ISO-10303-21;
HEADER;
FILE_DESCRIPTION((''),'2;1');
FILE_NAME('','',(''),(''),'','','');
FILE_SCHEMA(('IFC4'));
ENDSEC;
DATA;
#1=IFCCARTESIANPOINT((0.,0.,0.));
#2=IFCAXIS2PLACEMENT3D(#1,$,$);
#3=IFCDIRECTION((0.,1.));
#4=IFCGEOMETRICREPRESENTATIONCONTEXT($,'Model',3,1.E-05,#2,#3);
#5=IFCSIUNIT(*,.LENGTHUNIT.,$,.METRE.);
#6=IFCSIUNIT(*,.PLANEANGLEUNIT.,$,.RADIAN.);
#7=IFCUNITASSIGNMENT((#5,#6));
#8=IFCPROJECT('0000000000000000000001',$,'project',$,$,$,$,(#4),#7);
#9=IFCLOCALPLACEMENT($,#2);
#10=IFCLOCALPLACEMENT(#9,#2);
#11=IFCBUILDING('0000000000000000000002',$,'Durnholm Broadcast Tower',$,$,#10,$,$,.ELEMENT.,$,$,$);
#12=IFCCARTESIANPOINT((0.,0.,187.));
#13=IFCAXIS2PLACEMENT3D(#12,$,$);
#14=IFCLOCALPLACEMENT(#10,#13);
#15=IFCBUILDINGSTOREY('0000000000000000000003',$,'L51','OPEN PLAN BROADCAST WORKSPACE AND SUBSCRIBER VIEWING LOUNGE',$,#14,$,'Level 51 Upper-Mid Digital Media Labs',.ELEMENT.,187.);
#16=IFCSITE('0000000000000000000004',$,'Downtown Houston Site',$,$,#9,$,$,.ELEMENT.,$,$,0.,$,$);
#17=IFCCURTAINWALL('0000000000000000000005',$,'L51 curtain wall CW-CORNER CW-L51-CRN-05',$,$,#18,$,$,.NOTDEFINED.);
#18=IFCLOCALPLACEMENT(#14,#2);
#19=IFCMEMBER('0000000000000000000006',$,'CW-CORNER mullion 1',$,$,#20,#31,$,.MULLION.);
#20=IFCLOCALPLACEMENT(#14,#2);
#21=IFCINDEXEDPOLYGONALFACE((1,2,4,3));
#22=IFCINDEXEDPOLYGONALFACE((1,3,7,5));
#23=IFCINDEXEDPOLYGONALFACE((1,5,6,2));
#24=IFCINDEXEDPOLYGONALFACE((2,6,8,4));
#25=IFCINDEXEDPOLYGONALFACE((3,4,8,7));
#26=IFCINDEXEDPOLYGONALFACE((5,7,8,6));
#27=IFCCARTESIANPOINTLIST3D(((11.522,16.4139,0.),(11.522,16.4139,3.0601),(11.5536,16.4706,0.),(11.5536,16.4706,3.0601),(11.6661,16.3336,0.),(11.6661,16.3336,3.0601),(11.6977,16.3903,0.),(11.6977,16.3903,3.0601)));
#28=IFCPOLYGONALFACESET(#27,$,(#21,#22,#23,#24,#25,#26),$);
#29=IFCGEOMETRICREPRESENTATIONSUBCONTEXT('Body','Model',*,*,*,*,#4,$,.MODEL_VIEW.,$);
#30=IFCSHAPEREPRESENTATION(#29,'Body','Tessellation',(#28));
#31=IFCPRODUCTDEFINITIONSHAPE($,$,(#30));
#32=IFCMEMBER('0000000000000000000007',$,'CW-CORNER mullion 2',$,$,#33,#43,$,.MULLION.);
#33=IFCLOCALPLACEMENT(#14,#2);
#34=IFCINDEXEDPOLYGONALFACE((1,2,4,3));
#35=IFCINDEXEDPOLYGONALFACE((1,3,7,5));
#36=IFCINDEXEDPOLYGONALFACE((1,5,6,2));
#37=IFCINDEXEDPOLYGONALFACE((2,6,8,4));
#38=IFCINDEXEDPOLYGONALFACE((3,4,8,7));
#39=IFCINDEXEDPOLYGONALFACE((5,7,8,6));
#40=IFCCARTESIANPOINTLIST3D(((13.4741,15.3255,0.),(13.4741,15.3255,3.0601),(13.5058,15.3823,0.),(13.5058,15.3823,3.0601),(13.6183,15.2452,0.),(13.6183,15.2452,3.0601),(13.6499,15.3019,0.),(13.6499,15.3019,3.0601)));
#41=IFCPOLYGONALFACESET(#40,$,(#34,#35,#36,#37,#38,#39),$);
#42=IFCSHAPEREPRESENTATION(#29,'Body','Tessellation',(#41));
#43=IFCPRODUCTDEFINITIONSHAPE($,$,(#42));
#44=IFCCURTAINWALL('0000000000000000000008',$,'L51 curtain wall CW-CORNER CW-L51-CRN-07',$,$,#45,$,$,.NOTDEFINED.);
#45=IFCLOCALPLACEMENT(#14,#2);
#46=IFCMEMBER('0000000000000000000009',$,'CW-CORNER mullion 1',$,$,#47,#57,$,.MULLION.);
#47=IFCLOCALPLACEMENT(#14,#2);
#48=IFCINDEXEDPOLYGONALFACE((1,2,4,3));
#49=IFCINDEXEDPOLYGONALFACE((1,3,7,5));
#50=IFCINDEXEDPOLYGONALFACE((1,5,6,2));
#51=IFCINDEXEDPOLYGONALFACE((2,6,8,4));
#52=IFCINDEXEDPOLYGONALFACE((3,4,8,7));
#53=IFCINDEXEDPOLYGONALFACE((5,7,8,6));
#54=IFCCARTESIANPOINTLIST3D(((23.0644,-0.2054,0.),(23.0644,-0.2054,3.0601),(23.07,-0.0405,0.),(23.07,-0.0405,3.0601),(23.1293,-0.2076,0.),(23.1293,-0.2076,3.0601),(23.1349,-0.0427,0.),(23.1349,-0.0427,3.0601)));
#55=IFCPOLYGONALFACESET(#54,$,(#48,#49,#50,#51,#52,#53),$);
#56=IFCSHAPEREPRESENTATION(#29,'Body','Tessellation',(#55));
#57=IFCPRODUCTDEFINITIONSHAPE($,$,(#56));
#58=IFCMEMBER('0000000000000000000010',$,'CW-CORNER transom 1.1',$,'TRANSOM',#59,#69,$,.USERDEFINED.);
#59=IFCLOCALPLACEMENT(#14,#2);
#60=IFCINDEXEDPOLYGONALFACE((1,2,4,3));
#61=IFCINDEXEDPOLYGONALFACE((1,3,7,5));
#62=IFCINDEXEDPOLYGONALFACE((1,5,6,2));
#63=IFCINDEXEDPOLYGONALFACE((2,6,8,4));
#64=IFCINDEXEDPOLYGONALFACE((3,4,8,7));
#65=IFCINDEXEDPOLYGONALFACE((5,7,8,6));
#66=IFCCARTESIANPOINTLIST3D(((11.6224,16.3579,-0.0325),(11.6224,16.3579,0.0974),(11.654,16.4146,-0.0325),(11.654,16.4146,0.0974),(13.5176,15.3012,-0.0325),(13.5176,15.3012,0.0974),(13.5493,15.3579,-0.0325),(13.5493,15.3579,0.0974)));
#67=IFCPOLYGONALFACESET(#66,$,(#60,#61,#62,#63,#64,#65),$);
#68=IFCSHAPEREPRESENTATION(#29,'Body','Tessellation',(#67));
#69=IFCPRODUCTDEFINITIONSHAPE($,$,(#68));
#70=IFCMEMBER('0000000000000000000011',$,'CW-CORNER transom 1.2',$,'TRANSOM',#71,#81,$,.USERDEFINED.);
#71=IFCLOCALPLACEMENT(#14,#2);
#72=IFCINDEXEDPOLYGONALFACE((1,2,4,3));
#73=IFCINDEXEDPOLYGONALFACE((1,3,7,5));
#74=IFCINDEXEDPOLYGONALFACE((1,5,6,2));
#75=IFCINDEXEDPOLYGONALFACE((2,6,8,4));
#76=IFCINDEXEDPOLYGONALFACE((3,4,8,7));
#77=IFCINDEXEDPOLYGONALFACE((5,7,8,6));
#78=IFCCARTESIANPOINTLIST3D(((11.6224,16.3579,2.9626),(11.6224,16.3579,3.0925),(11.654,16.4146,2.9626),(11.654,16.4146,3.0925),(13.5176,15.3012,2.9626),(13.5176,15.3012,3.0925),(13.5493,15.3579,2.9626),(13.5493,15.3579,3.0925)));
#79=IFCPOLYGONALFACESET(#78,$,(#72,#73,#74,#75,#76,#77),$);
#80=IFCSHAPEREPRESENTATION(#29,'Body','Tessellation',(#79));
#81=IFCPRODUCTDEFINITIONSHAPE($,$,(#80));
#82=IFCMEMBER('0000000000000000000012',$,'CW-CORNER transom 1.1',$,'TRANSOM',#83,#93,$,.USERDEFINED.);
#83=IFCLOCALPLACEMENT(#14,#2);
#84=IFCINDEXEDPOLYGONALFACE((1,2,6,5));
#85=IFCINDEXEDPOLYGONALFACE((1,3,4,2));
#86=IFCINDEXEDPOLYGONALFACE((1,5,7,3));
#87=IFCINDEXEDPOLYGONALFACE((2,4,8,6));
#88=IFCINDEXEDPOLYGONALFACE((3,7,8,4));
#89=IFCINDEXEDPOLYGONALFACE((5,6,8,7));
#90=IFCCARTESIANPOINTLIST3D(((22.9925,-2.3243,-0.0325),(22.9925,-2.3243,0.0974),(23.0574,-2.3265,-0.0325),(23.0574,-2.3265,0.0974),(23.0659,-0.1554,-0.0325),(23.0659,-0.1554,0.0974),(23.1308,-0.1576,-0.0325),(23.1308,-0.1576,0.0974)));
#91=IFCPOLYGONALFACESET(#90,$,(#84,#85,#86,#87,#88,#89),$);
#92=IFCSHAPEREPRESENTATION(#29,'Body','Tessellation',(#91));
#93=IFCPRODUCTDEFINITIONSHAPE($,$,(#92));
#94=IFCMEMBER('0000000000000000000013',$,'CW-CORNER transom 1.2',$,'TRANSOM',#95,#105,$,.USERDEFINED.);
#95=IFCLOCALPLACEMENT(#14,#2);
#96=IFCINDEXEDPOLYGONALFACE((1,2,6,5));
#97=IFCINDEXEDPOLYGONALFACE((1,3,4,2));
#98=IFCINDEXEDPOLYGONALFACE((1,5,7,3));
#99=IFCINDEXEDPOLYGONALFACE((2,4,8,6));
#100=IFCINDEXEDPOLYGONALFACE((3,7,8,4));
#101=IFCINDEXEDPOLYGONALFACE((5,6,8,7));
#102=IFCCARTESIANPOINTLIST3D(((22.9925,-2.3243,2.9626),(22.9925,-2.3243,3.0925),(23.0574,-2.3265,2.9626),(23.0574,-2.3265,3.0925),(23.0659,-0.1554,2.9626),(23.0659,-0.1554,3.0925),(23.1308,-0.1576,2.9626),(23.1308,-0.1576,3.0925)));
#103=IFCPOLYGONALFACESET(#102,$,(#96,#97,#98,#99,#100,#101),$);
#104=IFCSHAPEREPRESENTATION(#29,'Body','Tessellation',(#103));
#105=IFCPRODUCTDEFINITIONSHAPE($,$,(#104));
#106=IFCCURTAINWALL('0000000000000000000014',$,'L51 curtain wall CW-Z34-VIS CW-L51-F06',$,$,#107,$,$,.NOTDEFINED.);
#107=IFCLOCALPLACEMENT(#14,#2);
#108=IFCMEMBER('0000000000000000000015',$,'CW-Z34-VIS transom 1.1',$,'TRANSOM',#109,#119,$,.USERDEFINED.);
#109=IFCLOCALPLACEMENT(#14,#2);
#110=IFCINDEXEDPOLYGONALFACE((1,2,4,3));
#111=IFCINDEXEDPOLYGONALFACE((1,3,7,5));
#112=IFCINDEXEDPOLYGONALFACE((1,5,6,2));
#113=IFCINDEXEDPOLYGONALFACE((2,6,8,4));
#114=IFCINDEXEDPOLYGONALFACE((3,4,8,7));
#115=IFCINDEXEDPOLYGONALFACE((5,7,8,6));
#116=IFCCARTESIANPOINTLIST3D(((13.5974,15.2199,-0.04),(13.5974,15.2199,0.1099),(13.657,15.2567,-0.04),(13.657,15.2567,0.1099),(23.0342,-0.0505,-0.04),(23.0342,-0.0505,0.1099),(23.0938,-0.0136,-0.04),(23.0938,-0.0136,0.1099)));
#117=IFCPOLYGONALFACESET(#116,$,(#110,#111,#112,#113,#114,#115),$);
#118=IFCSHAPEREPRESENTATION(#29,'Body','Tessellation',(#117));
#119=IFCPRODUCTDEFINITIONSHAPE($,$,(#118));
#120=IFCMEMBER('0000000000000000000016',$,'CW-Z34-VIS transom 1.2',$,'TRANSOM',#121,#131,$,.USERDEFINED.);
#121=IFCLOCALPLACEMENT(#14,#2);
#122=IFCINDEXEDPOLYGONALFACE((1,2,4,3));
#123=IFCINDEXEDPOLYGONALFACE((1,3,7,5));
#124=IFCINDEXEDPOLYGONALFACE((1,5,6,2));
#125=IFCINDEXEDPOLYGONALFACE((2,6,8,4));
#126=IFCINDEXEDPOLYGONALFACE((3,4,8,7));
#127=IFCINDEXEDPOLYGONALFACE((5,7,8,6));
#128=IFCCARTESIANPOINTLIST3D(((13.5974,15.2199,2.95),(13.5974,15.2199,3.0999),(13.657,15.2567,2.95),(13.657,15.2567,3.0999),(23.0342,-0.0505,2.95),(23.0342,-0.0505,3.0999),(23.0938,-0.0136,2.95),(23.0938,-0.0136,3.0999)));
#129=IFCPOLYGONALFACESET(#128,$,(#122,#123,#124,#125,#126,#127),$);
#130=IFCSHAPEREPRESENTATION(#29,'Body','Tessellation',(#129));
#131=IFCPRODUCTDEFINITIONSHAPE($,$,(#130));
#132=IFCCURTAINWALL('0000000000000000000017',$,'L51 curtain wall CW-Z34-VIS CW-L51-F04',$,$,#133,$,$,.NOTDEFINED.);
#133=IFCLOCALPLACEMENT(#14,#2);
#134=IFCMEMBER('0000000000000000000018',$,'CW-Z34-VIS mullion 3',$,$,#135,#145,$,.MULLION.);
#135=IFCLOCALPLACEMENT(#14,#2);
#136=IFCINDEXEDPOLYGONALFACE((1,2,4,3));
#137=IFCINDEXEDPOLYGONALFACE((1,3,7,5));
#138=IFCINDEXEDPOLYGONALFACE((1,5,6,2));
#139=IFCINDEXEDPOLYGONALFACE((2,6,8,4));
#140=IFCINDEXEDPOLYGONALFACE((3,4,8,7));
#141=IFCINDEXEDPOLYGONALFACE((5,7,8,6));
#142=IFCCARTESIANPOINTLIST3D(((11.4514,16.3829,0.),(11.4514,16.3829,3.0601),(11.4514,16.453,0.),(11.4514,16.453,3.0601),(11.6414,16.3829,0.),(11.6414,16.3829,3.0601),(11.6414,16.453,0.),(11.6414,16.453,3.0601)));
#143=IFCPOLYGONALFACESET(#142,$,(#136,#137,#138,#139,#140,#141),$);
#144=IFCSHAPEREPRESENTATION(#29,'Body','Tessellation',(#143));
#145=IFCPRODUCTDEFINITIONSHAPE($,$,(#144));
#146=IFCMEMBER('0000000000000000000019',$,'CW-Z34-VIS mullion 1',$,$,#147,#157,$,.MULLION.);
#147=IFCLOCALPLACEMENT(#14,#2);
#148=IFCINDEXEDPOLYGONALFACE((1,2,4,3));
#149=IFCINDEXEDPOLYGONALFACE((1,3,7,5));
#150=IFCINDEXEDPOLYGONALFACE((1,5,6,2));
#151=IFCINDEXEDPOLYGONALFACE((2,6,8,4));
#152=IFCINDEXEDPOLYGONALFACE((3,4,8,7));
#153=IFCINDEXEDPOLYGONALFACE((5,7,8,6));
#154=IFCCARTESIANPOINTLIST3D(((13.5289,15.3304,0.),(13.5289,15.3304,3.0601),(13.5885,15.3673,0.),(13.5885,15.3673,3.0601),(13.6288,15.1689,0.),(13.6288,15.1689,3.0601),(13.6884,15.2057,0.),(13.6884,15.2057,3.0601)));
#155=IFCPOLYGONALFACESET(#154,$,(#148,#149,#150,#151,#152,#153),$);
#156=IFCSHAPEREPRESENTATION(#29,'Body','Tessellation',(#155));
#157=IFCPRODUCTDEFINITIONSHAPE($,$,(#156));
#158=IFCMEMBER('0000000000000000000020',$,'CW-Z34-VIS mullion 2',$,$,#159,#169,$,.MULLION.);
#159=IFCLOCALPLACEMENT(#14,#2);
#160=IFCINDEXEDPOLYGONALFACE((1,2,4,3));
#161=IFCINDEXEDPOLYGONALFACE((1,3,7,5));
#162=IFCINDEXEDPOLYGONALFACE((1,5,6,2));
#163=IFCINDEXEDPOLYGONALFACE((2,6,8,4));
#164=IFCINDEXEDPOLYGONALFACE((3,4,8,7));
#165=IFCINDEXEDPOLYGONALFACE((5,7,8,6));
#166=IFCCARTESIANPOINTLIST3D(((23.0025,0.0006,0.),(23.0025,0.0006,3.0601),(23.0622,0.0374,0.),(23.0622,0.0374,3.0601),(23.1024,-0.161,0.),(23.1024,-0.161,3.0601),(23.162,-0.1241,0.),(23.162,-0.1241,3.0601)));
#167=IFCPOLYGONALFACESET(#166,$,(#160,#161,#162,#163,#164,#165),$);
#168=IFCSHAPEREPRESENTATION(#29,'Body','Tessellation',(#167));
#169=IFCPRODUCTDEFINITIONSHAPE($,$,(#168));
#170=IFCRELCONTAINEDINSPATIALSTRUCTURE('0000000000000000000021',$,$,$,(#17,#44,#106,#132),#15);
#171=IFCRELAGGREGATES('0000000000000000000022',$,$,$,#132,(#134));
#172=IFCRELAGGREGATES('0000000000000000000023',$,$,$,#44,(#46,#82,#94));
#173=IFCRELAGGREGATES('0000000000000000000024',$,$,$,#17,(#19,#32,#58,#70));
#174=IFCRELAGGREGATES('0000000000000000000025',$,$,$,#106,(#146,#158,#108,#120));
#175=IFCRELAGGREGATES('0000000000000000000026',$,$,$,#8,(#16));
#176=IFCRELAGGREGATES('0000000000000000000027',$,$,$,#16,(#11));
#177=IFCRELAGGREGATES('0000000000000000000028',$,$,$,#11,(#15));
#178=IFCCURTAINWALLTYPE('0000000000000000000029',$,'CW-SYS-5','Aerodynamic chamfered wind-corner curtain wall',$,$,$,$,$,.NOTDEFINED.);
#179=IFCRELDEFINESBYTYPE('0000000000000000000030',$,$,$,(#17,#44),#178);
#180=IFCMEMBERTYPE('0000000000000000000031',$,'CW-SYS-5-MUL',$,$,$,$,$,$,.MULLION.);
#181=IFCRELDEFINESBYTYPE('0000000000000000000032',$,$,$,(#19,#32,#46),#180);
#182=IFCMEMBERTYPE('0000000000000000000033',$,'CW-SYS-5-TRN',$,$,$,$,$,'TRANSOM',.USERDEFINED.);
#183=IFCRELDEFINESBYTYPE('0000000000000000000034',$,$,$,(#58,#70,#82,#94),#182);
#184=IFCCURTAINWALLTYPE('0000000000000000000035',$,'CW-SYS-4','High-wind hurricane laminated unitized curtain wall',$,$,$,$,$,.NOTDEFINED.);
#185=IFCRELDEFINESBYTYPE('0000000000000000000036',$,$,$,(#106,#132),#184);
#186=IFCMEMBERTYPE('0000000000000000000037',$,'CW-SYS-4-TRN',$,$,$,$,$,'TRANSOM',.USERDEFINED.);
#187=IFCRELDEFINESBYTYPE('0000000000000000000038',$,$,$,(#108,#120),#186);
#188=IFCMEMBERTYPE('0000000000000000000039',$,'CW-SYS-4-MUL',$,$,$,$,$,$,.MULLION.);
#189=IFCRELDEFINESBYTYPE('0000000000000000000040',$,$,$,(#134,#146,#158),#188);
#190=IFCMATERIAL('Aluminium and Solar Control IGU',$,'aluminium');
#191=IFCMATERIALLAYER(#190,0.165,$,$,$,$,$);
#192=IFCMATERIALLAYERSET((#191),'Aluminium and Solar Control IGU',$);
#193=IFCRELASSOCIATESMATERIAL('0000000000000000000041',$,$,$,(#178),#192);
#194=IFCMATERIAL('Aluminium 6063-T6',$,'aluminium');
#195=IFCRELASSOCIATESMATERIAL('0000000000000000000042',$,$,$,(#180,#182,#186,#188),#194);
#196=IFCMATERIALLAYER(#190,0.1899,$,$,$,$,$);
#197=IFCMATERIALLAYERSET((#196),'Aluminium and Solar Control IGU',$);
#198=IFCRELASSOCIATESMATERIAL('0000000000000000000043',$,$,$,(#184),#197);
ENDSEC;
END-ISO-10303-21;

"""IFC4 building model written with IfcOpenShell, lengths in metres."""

from ifc_helpers import new_model, si_unit, direction, frame, origin, origin_2d, place, context, subcontext, project, spatial, rectangle, extrude, source, transform, mapped, material, layer, layer_set, material_profile, profile_set, type_object, type_shapes, element, aggregate, save


model = new_model("IFC4")

# Units and contexts
model_context = context("Model", 3, precision=1e-05, world=origin(), true_north=direction((0.0, 1.0)))
body_context = subcontext(model_context, "Body", "Model", "MODEL_VIEW")
ifc_project = project(units=[si_unit("LENGTHUNIT", "METRE"), si_unit("PLANEANGLEUNIT", "RADIAN")], contexts=[model_context])

# Site, building, storey
site_placement = place(None, origin())
site = spatial("IfcSite", under=ifc_project, at=site_placement, Name="Downtown Houston Site", CompositionType="ELEMENT", RefElevation=0.0)
building_placement = place(site_placement, origin())
building = spatial("IfcBuilding", under=site, at=building_placement, Name="Durnholm Broadcast Tower", CompositionType="ELEMENT")
storey_placement = place(building_placement, frame((0.0, 0.0, 187.0)))
storey = spatial("IfcBuildingStorey", under=building, at=storey_placement, Name="L51", Description="OPEN PLAN BROADCAST WORKSPACE AND SUBSCRIBER VIEWING LOUNGE", LongName="Level 51 Upper-Mid Digital Media Labs", CompositionType="ELEMENT", Elevation=187.0)

# Curtain wall, members
ifc_material_1 = material(Name="Aluminium and Solar Control IGU", Category="aluminium")
ifc_layer_1 = layer(ifc_material_1, 0.165)
ifc_layer_set_1 = layer_set([ifc_layer_1], Name="Aluminium and Solar Control IGU")
curtain_wall_type_1 = type_object("IfcCurtainWallType", Name="CW-SYS-5", Description="Aerodynamic chamfered wind-corner curtain wall", PredefinedType="NOTDEFINED", material=ifc_layer_set_1)
curtain_wall_1_placement = place(storey_placement, origin())
curtain_wall_1 = element("IfcCurtainWall", 1, at=curtain_wall_1_placement, inside=storey, type_object=curtain_wall_type_1, Name="L51 curtain wall CW-CORNER CW-L51-CRN-05", PredefinedType="NOTDEFINED")
ifc_material_2 = material(Name="Aluminium 6063-T6", Category="aluminium")
ifc_material_profile_1 = material_profile(ifc_material_2, rectangle(XDim=0.0649, YDim=0.165, at=origin_2d()), Name="CWM65X165")
ifc_profile_set_1 = profile_set([ifc_material_profile_1], Name="Aluminium 6063-T6")
member_type_1 = type_object("IfcMemberType", Name="CW-SYS-5-MUL", PredefinedType="MULLION", material=ifc_profile_set_1)
shared_shape_1 = source(origin(), body_context, "Body", "SweptSolid", [
    extrude(rectangle(XDim=0.0649, YDim=0.165, at=origin_2d()), origin(), (0.0, 0.0, 1.0), 3.0601),
])
type_shapes(member_type_1, [shared_shape_1])
member_1_placement = place(storey_placement, frame((11.6099, 16.4021, 0.0), z_axis=(0.0, 0.0, 1.0), x_axis=(0.486986, 0.87341, 0.0)))
member_1 = element("IfcMember", 2, at=member_1_placement, type_object=member_type_1, Name="CW-CORNER mullion 1", PredefinedType="MULLION", context=body_context, shape_type="MappedRepresentation", body=[
    mapped(shared_shape_1, transform((0.0, 0.0, 0.0), x_axis=(1.0, 0.0, 0.0), y_axis=(0.0, 1.0, 0.0), z_axis=(0.0, 0.0, 1.0), scale=1.0)),
])
member_2_placement = place(storey_placement, frame((13.562, 15.3137, 0.0), z_axis=(0.0, 0.0, 1.0), x_axis=(0.486986, 0.87341, 0.0)))
member_2 = element("IfcMember", 3, at=member_2_placement, type_object=member_type_1, Name="CW-CORNER mullion 2", PredefinedType="MULLION", context=body_context, shape_type="MappedRepresentation", body=[
    mapped(shared_shape_1, transform((0.0, 0.0, 0.0), x_axis=(1.0, 0.0, 0.0), y_axis=(0.0, 1.0, 0.0), z_axis=(0.0, 0.0, 1.0), scale=1.0)),
])

# Curtain wall, member
curtain_wall_2_placement = place(storey_placement, origin())
curtain_wall_2 = element("IfcCurtainWall", 4, at=curtain_wall_2_placement, inside=storey, type_object=curtain_wall_type_1, Name="L51 curtain wall CW-CORNER CW-L51-CRN-07", PredefinedType="NOTDEFINED")
member_3_placement = place(storey_placement, frame((23.0996, -0.124, 0.0), z_axis=(0.0, 0.0, 1.0), x_axis=(0.999425, -0.033913, 0.0)))
member_3 = element("IfcMember", 5, at=member_3_placement, type_object=member_type_1, Name="CW-CORNER mullion 1", PredefinedType="MULLION", context=body_context, shape_type="MappedRepresentation", body=[
    mapped(shared_shape_1, transform((0.0, 0.0, 0.0), x_axis=(1.0, 0.0, 0.0), y_axis=(0.0, 1.0, 0.0), z_axis=(0.0, 0.0, 1.0), scale=1.0)),
])

# Members
ifc_material_profile_2 = material_profile(ifc_material_2, rectangle(XDim=0.0649, YDim=0.1299, at=origin_2d()), Name="CWT65X130")
ifc_profile_set_2 = profile_set([ifc_material_profile_2], Name="Aluminium 6063-T6")
member_type_2 = type_object("IfcMemberType", Name="CW-SYS-5-TRN", ElementType="TRANSOM", PredefinedType="USERDEFINED", material=ifc_profile_set_2)
shared_shape_2 = source(origin(), body_context, "Body", "SweptSolid", [
    extrude(rectangle(XDim=0.0649, YDim=0.1299, at=origin_2d()), origin(), (0.0, 0.0, 1.0), 2.1699),
])
member_4_placement = place(storey_placement, frame((11.6382, 16.3862, 0.0325), z_axis=(0.873429, -0.486951, 0.0), x_axis=(0.486951, 0.873429, 0.0)))
member_4 = element("IfcMember", 6, at=member_4_placement, type_object=member_type_2, Name="CW-CORNER transom 1.1", ObjectType="TRANSOM", PredefinedType="USERDEFINED", context=body_context, shape_type="MappedRepresentation", body=[
    mapped(shared_shape_2, transform((0.0, 0.0, 0.0), x_axis=(1.0, 0.0, 0.0), y_axis=(0.0, 1.0, 0.0), z_axis=(0.0, 0.0, 1.0), scale=1.0)),
])
member_5_placement = place(storey_placement, frame((11.6382, 16.3862, 3.0276), z_axis=(0.873429, -0.486951, 0.0), x_axis=(0.486951, 0.873429, 0.0)))
member_5 = element("IfcMember", 7, at=member_5_placement, type_object=member_type_2, Name="CW-CORNER transom 1.2", ObjectType="TRANSOM", PredefinedType="USERDEFINED", context=body_context, shape_type="MappedRepresentation", body=[
    mapped(shared_shape_2, transform((0.0, 0.0, 0.0), x_axis=(1.0, 0.0, 0.0), y_axis=(0.0, 1.0, 0.0), z_axis=(0.0, 0.0, 1.0), scale=1.0)),
])
shared_shape_3 = source(origin(), body_context, "Body", "SweptSolid", [
    extrude(rectangle(XDim=0.0649, YDim=0.1299, at=origin_2d()), origin(), (0.0, 0.0, 1.0), 2.1702),
])
type_shapes(member_type_2, [shared_shape_2, shared_shape_3])
member_6_placement = place(storey_placement, frame((23.0984, -0.1565, 0.0325), z_axis=(-0.033862, -0.999427, 0.0), x_axis=(0.999427, -0.033862, 0.0)))
member_6 = element("IfcMember", 8, at=member_6_placement, type_object=member_type_2, Name="CW-CORNER transom 1.1", ObjectType="TRANSOM", PredefinedType="USERDEFINED", context=body_context, shape_type="MappedRepresentation", body=[
    mapped(shared_shape_3, transform((0.0, 0.0, 0.0), x_axis=(1.0, 0.0, 0.0), y_axis=(0.0, 1.0, 0.0), z_axis=(0.0, 0.0, 1.0), scale=1.0)),
])
member_7_placement = place(storey_placement, frame((23.0984, -0.1565, 3.0276), z_axis=(-0.033862, -0.999427, 0.0), x_axis=(0.999427, -0.033862, 0.0)))
member_7 = element("IfcMember", 9, at=member_7_placement, type_object=member_type_2, Name="CW-CORNER transom 1.2", ObjectType="TRANSOM", PredefinedType="USERDEFINED", context=body_context, shape_type="MappedRepresentation", body=[
    mapped(shared_shape_3, transform((0.0, 0.0, 0.0), x_axis=(1.0, 0.0, 0.0), y_axis=(0.0, 1.0, 0.0), z_axis=(0.0, 0.0, 1.0), scale=1.0)),
])

# Curtain wall, members
ifc_layer_2 = layer(ifc_material_1, 0.1899)
ifc_layer_set_2 = layer_set([ifc_layer_2], Name="Aluminium and Solar Control IGU")
curtain_wall_type_2 = type_object("IfcCurtainWallType", Name="CW-SYS-4", Description="High-wind hurricane laminated unitized curtain wall", PredefinedType="NOTDEFINED", material=ifc_layer_set_2)
curtain_wall_3_placement = place(storey_placement, origin())
curtain_wall_3 = element("IfcCurtainWall", 10, at=curtain_wall_3_placement, inside=storey, type_object=curtain_wall_type_2, Name="L51 curtain wall CW-Z34-VIS CW-L51-F06", PredefinedType="NOTDEFINED")
ifc_material_profile_3 = material_profile(ifc_material_2, rectangle(XDim=0.0701, YDim=0.1499, at=origin_2d()), Name="CWT70X150")
ifc_profile_set_3 = profile_set([ifc_material_profile_3], Name="Aluminium 6063-T6")
member_type_3 = type_object("IfcMemberType", Name="CW-SYS-4-TRN", ElementType="TRANSOM", PredefinedType="USERDEFINED", material=ifc_profile_set_3)
shared_shape_4 = source(origin(), body_context, "Body", "SweptSolid", [
    extrude(rectangle(XDim=0.0701, YDim=0.1499, at=origin_2d()), origin(), (0.0, 0.0, 1.0), 17.9509),
])
type_shapes(member_type_3, [shared_shape_4])
member_8_placement = place(storey_placement, frame((13.6272, 15.2383, 0.0349), z_axis=(0.5257, -0.85067, 0.0), x_axis=(0.85067, 0.5257, 0.0)))
member_8 = element("IfcMember", 11, at=member_8_placement, type_object=member_type_3, Name="CW-Z34-VIS transom 1.1", ObjectType="TRANSOM", PredefinedType="USERDEFINED", context=body_context, shape_type="MappedRepresentation", body=[
    mapped(shared_shape_4, transform((0.0, 0.0, 0.0), x_axis=(1.0, 0.0, 0.0), y_axis=(0.0, 1.0, 0.0), z_axis=(0.0, 0.0, 1.0), scale=1.0)),
])
member_9_placement = place(storey_placement, frame((13.6272, 15.2383, 3.0249), z_axis=(0.5257, -0.85067, 0.0), x_axis=(0.85067, 0.5257, 0.0)))
member_9 = element("IfcMember", 12, at=member_9_placement, type_object=member_type_3, Name="CW-Z34-VIS transom 1.2", ObjectType="TRANSOM", PredefinedType="USERDEFINED", context=body_context, shape_type="MappedRepresentation", body=[
    mapped(shared_shape_4, transform((0.0, 0.0, 0.0), x_axis=(1.0, 0.0, 0.0), y_axis=(0.0, 1.0, 0.0), z_axis=(0.0, 0.0, 1.0), scale=1.0)),
])

# Curtain wall, member
curtain_wall_4_placement = place(storey_placement, origin())
curtain_wall_4 = element("IfcCurtainWall", 13, at=curtain_wall_4_placement, inside=storey, type_object=curtain_wall_type_2, Name="L51 curtain wall CW-Z34-VIS CW-L51-F04", PredefinedType="NOTDEFINED")
ifc_material_profile_4 = material_profile(ifc_material_2, rectangle(XDim=0.0701, YDim=0.1899, at=origin_2d()), Name="CWM70X190")
ifc_profile_set_4 = profile_set([ifc_material_profile_4], Name="Aluminium 6063-T6")
member_type_4 = type_object("IfcMemberType", Name="CW-SYS-4-MUL", PredefinedType="MULLION", material=ifc_profile_set_4)
shared_shape_5 = source(origin(), body_context, "Body", "SweptSolid", [
    extrude(rectangle(XDim=0.0701, YDim=0.1899, at=origin_2d()), origin(), (0.0, 0.0, 1.0), 3.0601),
])
type_shapes(member_type_4, [shared_shape_5])
member_10_placement = place(storey_placement, frame((11.5464, 16.418, 0.0), z_axis=(0.0, 0.0, 1.0), x_axis=(0.0, 1.0, 0.0)))
member_10 = element("IfcMember", 14, at=member_10_placement, type_object=member_type_4, Name="CW-Z34-VIS mullion 3", PredefinedType="MULLION", context=body_context, shape_type="MappedRepresentation", body=[
    mapped(shared_shape_5, transform((0.0, 0.0, 0.0), x_axis=(1.0, 0.0, 0.0), y_axis=(0.0, 1.0, 0.0), z_axis=(0.0, 0.0, 1.0), scale=1.0)),
])
aggregate(curtain_wall_4, [member_10])

# Members
member_11_placement = place(storey_placement, frame((13.6086, 15.2681, 0.0), z_axis=(0.0, 0.0, 1.0), x_axis=(0.850671, 0.525698, 0.0)))
member_11 = element("IfcMember", 15, at=member_11_placement, type_object=member_type_4, Name="CW-Z34-VIS mullion 1", PredefinedType="MULLION", context=body_context, shape_type="MappedRepresentation", body=[
    mapped(shared_shape_5, transform((0.0, 0.0, 0.0), x_axis=(1.0, 0.0, 0.0), y_axis=(0.0, 1.0, 0.0), z_axis=(0.0, 0.0, 1.0), scale=1.0)),
])
member_12_placement = place(storey_placement, frame((23.0823, -0.0618, 0.0), z_axis=(0.0, 0.0, 1.0), x_axis=(0.850671, 0.525698, 0.0)))
member_12 = element("IfcMember", 16, at=member_12_placement, type_object=member_type_4, Name="CW-Z34-VIS mullion 2", PredefinedType="MULLION", context=body_context, shape_type="MappedRepresentation", body=[
    mapped(shared_shape_5, transform((0.0, 0.0, 0.0), x_axis=(1.0, 0.0, 0.0), y_axis=(0.0, 1.0, 0.0), z_axis=(0.0, 0.0, 1.0), scale=1.0)),
])

aggregate(curtain_wall_2, [member_3, member_6, member_7])
aggregate(curtain_wall_1, [member_1, member_2, member_4, member_5])
aggregate(curtain_wall_3, [member_11, member_12, member_8, member_9])

save(model, "model.ifc")
